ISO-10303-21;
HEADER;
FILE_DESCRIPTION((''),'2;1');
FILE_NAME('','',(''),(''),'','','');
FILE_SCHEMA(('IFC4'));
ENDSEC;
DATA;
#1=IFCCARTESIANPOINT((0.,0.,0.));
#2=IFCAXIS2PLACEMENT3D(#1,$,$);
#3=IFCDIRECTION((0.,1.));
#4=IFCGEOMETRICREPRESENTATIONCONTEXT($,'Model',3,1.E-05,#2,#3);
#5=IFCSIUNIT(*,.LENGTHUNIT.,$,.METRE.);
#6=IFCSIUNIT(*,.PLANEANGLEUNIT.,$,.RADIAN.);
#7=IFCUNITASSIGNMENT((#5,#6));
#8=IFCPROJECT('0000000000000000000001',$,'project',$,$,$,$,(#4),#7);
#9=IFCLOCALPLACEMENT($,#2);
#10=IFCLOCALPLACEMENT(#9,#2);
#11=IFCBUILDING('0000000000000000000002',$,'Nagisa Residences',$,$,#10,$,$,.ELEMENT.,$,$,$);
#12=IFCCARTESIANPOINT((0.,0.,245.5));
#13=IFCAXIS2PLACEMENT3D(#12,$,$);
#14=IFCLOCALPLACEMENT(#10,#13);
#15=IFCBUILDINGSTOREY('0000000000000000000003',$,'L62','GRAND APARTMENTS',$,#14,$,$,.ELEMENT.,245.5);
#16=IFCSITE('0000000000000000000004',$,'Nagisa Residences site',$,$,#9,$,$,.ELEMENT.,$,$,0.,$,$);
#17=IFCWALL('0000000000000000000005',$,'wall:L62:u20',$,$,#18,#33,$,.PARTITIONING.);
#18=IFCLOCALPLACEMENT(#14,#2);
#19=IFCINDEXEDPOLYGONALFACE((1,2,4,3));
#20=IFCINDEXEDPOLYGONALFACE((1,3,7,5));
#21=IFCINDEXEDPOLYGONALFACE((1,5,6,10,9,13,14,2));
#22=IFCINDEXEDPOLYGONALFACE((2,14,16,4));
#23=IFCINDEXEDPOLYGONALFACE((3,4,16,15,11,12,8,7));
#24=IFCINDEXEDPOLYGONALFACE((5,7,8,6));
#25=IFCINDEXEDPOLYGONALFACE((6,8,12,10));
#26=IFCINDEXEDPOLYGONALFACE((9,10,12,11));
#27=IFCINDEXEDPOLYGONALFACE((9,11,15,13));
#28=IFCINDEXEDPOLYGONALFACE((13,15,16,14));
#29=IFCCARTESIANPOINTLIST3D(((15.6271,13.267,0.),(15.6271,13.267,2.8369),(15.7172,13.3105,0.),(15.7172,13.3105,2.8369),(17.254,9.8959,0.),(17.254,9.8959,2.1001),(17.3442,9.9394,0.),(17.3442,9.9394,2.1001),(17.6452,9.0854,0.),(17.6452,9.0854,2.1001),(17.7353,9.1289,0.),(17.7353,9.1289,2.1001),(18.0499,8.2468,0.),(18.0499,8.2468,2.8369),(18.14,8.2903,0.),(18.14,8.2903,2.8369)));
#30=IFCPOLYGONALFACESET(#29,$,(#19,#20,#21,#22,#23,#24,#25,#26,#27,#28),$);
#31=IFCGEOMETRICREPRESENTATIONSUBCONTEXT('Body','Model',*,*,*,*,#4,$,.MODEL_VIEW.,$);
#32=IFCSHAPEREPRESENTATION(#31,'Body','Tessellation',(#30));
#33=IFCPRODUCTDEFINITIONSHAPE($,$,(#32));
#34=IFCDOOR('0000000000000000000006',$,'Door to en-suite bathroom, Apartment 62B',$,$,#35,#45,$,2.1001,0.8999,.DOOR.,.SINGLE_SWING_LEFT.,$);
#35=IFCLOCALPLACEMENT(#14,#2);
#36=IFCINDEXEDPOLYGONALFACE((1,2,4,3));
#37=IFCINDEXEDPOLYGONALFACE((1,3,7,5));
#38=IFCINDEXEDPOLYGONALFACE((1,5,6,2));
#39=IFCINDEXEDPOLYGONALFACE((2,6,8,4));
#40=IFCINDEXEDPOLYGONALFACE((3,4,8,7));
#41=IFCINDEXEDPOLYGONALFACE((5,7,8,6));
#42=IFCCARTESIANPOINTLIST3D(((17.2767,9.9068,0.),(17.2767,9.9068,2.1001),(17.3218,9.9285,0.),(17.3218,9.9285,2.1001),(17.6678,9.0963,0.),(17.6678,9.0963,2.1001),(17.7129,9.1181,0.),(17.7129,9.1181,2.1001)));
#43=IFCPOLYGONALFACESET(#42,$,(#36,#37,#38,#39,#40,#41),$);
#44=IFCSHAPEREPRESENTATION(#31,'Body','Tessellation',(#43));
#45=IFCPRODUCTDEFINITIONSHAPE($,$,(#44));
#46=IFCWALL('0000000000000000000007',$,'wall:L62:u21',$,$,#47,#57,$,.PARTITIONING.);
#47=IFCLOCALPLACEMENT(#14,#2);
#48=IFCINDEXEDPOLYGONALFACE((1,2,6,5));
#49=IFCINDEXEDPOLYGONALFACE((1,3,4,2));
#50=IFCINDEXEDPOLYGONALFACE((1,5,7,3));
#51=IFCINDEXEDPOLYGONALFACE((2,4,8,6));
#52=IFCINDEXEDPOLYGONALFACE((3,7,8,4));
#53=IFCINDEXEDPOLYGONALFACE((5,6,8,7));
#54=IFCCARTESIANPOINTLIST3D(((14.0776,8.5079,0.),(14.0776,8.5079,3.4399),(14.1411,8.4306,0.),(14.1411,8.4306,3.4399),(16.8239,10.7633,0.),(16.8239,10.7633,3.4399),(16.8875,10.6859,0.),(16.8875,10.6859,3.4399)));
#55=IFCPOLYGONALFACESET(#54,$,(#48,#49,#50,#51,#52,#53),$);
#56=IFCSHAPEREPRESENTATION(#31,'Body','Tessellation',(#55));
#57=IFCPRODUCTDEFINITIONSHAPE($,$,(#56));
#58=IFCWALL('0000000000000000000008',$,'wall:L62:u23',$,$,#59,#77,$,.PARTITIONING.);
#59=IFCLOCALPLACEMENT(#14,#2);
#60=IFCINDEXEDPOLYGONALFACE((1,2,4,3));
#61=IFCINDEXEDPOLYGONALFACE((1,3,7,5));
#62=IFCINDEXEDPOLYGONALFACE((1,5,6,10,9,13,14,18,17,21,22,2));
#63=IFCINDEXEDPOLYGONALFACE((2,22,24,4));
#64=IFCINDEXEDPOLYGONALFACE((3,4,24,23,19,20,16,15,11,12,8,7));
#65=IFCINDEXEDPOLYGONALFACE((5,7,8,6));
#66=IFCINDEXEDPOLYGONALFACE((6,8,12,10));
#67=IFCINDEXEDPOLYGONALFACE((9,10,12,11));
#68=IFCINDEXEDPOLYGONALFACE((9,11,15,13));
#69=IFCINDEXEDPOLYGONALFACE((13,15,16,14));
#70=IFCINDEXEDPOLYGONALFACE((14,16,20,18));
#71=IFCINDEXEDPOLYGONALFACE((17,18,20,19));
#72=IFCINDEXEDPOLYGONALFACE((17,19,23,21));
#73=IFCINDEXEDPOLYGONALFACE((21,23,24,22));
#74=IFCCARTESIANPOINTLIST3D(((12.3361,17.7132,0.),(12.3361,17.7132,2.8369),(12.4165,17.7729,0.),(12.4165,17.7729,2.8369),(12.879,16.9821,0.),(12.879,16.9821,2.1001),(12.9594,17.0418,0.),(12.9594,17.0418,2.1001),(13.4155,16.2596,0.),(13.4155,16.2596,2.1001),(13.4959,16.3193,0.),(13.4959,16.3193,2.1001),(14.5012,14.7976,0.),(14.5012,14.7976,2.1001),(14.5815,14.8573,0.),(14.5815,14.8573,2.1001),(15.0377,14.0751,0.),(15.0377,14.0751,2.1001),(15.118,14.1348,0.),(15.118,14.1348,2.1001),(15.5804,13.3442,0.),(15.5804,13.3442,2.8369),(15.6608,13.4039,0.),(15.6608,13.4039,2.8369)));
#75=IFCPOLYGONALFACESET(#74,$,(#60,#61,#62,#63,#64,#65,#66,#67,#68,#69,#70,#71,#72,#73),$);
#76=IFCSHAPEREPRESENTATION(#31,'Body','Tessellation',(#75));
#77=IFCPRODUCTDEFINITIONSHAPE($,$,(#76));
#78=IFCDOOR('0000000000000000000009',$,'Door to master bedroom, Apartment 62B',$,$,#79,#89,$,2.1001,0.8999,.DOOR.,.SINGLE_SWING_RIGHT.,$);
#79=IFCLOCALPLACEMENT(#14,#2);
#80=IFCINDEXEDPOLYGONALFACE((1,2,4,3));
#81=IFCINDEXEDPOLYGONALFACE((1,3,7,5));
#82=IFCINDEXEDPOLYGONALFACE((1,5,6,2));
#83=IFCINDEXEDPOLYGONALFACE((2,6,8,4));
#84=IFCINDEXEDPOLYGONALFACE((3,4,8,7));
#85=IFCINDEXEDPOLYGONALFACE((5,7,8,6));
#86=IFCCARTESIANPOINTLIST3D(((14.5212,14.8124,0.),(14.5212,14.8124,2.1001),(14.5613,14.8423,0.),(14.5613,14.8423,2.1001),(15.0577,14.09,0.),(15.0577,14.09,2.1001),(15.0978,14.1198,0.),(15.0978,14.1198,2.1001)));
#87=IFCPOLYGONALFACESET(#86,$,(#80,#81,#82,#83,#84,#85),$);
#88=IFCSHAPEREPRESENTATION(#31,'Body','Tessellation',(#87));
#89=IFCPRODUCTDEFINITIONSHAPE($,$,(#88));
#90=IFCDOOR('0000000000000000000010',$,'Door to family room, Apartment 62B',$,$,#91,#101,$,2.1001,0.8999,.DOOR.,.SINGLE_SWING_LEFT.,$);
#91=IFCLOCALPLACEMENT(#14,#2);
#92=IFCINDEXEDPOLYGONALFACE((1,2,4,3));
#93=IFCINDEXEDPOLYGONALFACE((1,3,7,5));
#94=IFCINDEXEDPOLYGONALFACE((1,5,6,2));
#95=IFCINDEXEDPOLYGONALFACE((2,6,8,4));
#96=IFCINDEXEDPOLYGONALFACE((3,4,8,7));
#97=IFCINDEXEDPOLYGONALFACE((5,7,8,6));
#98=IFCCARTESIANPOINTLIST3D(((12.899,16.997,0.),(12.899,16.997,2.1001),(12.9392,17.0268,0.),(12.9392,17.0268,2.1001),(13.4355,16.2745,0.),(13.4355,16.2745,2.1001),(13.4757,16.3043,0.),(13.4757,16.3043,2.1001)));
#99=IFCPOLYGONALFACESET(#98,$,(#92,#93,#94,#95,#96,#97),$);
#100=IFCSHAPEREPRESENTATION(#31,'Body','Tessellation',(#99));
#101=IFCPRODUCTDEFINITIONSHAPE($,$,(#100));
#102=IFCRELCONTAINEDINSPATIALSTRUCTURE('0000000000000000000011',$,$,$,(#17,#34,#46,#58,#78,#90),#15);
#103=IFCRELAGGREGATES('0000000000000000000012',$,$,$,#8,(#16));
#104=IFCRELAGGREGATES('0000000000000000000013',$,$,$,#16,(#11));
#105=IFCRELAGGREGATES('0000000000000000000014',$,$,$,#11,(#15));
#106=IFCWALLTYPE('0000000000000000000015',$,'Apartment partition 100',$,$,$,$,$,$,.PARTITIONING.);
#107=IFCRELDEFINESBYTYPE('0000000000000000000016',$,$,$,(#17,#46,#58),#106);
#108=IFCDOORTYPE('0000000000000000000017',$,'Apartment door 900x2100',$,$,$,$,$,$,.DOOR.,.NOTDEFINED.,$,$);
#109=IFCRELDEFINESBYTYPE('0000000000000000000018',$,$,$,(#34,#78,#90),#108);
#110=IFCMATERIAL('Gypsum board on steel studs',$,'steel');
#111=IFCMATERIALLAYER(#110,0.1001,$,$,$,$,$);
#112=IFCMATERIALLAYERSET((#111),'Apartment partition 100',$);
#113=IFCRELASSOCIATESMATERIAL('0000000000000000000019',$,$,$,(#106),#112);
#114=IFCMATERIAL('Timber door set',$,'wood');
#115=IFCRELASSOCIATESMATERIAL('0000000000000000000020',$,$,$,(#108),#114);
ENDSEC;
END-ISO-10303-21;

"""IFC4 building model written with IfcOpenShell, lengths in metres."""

from ifc_helpers import new_model, si_unit, direction, frame, frame_2d, origin, place, context, subcontext, project, spatial, rectangle, extrude, material, layer, layer_set, type_object, element, fill, save


model = new_model("IFC4")

# Units and contexts
model_context = context("Model", 3, precision=1e-05, world=origin(), true_north=direction((0.0, 1.0)))
body_context = subcontext(model_context, "Body", "Model", "MODEL_VIEW")
ifc_project = project(units=[si_unit("LENGTHUNIT", "METRE"), si_unit("PLANEANGLEUNIT", "RADIAN")], contexts=[model_context])

# Site, building, storey
site_placement = place(None, origin())
site = spatial("IfcSite", under=ifc_project, at=site_placement, Name="Nagisa Residences site", CompositionType="ELEMENT", RefElevation=0.0)
building_placement = place(site_placement, origin())
building = spatial("IfcBuilding", under=site, at=building_placement, Name="Nagisa Residences", CompositionType="ELEMENT")
storey_placement = place(building_placement, frame((0.0, 0.0, 245.5)))
storey = spatial("IfcBuildingStorey", under=building, at=storey_placement, Name="L62", Description="GRAND APARTMENTS", CompositionType="ELEMENT", Elevation=245.5)

# Shared definitions
ifc_material_1 = material(Name="Gypsum board on steel studs", Category="steel")
ifc_layer_1 = layer(ifc_material_1, 0.1001)
ifc_layer_set_1 = layer_set([ifc_layer_1], Name="Apartment partition 100")
wall_type_1 = type_object("IfcWallType", Name="Apartment partition 100", PredefinedType="PARTITIONING", material=ifc_layer_set_1)

# Shared definitions
ifc_material_2 = material(Name="Timber door set", Category="wood")
door_type = type_object("IfcDoorType", Name="Apartment door 900x2100", OperationType="NOTDEFINED", PredefinedType="DOOR", material=ifc_material_2)

# Wall, opening, door
wall_1_placement = place(storey_placement, frame((18.095, 8.2686, 0.0), z_axis=(0.0, 0.0, 1.0), x_axis=(-0.434644, 0.900602, 0.0)))
wall_1 = element("IfcWall", 1, at=wall_1_placement, inside=storey, type_object=wall_type_1, Name="wall:L62:u20", PredefinedType="PARTITIONING", context=body_context, shape_type="SweptSolid", body=[
    extrude(rectangle(XDim=5.5742, YDim=0.1001, at=frame_2d((2.7871, 0.0))), origin(), (0.0, 0.0, 1.0), 2.8369),
])
opening_1_placement = place(wall_1_placement, frame((0.9312, 0.0, 0.0)))
opening_1 = element("IfcOpeningElement", 2, at=opening_1_placement, cuts=wall_1, PredefinedType="OPENING", context=body_context, shape_type="SweptSolid", body=[
    extrude(rectangle(XDim=0.8999, YDim=2.1001, at=frame_2d((0.45, 1.05))), frame((0.0, 0.0601, 0.0), z_axis=(0.0, -1.0, 0.0), x_axis=(1.0, 0.0, 0.0)), (0.0, 0.0, 1.0), 0.1201),
])
door_1_placement = place(opening_1_placement, origin())
door_1 = element("IfcDoor", 3, at=door_1_placement, inside=storey, type_object=door_type, Name="Door to en-suite bathroom, Apartment 62B", OperationType="SINGLE_SWING_LEFT", OverallHeight=2.1001, OverallWidth=0.8999, PredefinedType="DOOR", context=body_context, shape_type="SweptSolid", body=[
    extrude(rectangle(XDim=0.8999, YDim=2.1001, at=frame_2d((0.45, 1.05))), frame((0.0, 0.0249, 0.0), z_axis=(0.0, -1.0, 0.0), x_axis=(1.0, 0.0, 0.0)), (0.0, 0.0, 1.0), 0.05),
])
fill(opening_1, door_1)

# Wall
wall_2_placement = place(storey_placement, frame((14.1094, 8.4692, 0.0), z_axis=(0.0, 0.0, 1.0), x_axis=(0.772802, 0.634647, 0.0)))
element("IfcWall", 4, at=wall_2_placement, inside=storey, type_object=wall_type_1, Name="wall:L62:u21", PredefinedType="PARTITIONING", context=body_context, shape_type="SweptSolid", body=[
    extrude(rectangle(XDim=3.5537, YDim=0.1001, at=frame_2d((1.7769, 0.0))), origin(), (0.0, 0.0, 1.0), 3.4399),
])

# Wall, openings, doors
wall_3_placement = place(storey_placement, frame((15.6206, 13.374, 0.0), z_axis=(0.0, 0.0, 1.0), x_axis=(-0.596174, 0.802855, 0.0)))
wall_3 = element("IfcWall", 5, at=wall_3_placement, inside=storey, type_object=wall_type_1, Name="wall:L62:u23", PredefinedType="PARTITIONING", context=body_context, shape_type="SweptSolid", body=[
    extrude(rectangle(XDim=5.4419, YDim=0.1001, at=frame_2d((2.7209, 0.0))), origin(), (0.0, 0.0, 1.0), 2.8369),
])
opening_2_placement = place(wall_3_placement, frame((0.9104, 0.0, 0.0)))
opening_2 = element("IfcOpeningElement", 6, at=opening_2_placement, cuts=wall_3, PredefinedType="OPENING", context=body_context, shape_type="SweptSolid", body=[
    extrude(rectangle(XDim=0.8999, YDim=2.1001, at=frame_2d((0.45, 1.05))), frame((0.0, 0.0601, 0.0), z_axis=(0.0, -1.0, 0.0), x_axis=(1.0, 0.0, 0.0)), (0.0, 0.0, 1.0), 0.1201),
])
opening_3_placement = place(wall_3_placement, frame((3.6313, 0.0, 0.0)))
opening_3 = element("IfcOpeningElement", 7, at=opening_3_placement, cuts=wall_3, PredefinedType="OPENING", context=body_context, shape_type="SweptSolid", body=[
    extrude(rectangle(XDim=0.8999, YDim=2.1001, at=frame_2d((0.45, 1.05))), frame((0.0, 0.0601, 0.0), z_axis=(0.0, -1.0, 0.0), x_axis=(1.0, 0.0, 0.0)), (0.0, 0.0, 1.0), 0.1201),
])
door_2_placement = place(opening_2_placement, frame((0.8999, 0.0, 0.0), x_axis=(-1.0, 0.0, 0.0)))
door_2 = element("IfcDoor", 8, at=door_2_placement, inside=storey, type_object=door_type, Name="Door to master bedroom, Apartment 62B", OperationType="SINGLE_SWING_RIGHT", OverallHeight=2.1001, OverallWidth=0.8999, PredefinedType="DOOR", context=body_context, shape_type="SweptSolid", body=[
    extrude(rectangle(XDim=0.8999, YDim=2.1001, at=frame_2d((0.45, 1.05))), frame((0.0, 0.0249, 0.0), z_axis=(0.0, -1.0, 0.0), x_axis=(1.0, 0.0, 0.0)), (0.0, 0.0, 1.0), 0.05),
])
fill(opening_2, door_2)
door_3_placement = place(opening_3_placement, frame((0.8999, 0.0, 0.0), x_axis=(-1.0, 0.0, 0.0)))
door_3 = element("IfcDoor", 9, at=door_3_placement, inside=storey, type_object=door_type, Name="Door to family room, Apartment 62B", OperationType="SINGLE_SWING_LEFT", OverallHeight=2.1001, OverallWidth=0.8999, PredefinedType="DOOR", context=body_context, shape_type="SweptSolid", body=[
    extrude(rectangle(XDim=0.8999, YDim=2.1001, at=frame_2d((0.45, 1.05))), frame((0.0, 0.0249, 0.0), z_axis=(0.0, -1.0, 0.0), x_axis=(1.0, 0.0, 0.0)), (0.0, 0.0, 1.0), 0.05),
])
fill(opening_3, door_3)

save(model, "model.ifc")
